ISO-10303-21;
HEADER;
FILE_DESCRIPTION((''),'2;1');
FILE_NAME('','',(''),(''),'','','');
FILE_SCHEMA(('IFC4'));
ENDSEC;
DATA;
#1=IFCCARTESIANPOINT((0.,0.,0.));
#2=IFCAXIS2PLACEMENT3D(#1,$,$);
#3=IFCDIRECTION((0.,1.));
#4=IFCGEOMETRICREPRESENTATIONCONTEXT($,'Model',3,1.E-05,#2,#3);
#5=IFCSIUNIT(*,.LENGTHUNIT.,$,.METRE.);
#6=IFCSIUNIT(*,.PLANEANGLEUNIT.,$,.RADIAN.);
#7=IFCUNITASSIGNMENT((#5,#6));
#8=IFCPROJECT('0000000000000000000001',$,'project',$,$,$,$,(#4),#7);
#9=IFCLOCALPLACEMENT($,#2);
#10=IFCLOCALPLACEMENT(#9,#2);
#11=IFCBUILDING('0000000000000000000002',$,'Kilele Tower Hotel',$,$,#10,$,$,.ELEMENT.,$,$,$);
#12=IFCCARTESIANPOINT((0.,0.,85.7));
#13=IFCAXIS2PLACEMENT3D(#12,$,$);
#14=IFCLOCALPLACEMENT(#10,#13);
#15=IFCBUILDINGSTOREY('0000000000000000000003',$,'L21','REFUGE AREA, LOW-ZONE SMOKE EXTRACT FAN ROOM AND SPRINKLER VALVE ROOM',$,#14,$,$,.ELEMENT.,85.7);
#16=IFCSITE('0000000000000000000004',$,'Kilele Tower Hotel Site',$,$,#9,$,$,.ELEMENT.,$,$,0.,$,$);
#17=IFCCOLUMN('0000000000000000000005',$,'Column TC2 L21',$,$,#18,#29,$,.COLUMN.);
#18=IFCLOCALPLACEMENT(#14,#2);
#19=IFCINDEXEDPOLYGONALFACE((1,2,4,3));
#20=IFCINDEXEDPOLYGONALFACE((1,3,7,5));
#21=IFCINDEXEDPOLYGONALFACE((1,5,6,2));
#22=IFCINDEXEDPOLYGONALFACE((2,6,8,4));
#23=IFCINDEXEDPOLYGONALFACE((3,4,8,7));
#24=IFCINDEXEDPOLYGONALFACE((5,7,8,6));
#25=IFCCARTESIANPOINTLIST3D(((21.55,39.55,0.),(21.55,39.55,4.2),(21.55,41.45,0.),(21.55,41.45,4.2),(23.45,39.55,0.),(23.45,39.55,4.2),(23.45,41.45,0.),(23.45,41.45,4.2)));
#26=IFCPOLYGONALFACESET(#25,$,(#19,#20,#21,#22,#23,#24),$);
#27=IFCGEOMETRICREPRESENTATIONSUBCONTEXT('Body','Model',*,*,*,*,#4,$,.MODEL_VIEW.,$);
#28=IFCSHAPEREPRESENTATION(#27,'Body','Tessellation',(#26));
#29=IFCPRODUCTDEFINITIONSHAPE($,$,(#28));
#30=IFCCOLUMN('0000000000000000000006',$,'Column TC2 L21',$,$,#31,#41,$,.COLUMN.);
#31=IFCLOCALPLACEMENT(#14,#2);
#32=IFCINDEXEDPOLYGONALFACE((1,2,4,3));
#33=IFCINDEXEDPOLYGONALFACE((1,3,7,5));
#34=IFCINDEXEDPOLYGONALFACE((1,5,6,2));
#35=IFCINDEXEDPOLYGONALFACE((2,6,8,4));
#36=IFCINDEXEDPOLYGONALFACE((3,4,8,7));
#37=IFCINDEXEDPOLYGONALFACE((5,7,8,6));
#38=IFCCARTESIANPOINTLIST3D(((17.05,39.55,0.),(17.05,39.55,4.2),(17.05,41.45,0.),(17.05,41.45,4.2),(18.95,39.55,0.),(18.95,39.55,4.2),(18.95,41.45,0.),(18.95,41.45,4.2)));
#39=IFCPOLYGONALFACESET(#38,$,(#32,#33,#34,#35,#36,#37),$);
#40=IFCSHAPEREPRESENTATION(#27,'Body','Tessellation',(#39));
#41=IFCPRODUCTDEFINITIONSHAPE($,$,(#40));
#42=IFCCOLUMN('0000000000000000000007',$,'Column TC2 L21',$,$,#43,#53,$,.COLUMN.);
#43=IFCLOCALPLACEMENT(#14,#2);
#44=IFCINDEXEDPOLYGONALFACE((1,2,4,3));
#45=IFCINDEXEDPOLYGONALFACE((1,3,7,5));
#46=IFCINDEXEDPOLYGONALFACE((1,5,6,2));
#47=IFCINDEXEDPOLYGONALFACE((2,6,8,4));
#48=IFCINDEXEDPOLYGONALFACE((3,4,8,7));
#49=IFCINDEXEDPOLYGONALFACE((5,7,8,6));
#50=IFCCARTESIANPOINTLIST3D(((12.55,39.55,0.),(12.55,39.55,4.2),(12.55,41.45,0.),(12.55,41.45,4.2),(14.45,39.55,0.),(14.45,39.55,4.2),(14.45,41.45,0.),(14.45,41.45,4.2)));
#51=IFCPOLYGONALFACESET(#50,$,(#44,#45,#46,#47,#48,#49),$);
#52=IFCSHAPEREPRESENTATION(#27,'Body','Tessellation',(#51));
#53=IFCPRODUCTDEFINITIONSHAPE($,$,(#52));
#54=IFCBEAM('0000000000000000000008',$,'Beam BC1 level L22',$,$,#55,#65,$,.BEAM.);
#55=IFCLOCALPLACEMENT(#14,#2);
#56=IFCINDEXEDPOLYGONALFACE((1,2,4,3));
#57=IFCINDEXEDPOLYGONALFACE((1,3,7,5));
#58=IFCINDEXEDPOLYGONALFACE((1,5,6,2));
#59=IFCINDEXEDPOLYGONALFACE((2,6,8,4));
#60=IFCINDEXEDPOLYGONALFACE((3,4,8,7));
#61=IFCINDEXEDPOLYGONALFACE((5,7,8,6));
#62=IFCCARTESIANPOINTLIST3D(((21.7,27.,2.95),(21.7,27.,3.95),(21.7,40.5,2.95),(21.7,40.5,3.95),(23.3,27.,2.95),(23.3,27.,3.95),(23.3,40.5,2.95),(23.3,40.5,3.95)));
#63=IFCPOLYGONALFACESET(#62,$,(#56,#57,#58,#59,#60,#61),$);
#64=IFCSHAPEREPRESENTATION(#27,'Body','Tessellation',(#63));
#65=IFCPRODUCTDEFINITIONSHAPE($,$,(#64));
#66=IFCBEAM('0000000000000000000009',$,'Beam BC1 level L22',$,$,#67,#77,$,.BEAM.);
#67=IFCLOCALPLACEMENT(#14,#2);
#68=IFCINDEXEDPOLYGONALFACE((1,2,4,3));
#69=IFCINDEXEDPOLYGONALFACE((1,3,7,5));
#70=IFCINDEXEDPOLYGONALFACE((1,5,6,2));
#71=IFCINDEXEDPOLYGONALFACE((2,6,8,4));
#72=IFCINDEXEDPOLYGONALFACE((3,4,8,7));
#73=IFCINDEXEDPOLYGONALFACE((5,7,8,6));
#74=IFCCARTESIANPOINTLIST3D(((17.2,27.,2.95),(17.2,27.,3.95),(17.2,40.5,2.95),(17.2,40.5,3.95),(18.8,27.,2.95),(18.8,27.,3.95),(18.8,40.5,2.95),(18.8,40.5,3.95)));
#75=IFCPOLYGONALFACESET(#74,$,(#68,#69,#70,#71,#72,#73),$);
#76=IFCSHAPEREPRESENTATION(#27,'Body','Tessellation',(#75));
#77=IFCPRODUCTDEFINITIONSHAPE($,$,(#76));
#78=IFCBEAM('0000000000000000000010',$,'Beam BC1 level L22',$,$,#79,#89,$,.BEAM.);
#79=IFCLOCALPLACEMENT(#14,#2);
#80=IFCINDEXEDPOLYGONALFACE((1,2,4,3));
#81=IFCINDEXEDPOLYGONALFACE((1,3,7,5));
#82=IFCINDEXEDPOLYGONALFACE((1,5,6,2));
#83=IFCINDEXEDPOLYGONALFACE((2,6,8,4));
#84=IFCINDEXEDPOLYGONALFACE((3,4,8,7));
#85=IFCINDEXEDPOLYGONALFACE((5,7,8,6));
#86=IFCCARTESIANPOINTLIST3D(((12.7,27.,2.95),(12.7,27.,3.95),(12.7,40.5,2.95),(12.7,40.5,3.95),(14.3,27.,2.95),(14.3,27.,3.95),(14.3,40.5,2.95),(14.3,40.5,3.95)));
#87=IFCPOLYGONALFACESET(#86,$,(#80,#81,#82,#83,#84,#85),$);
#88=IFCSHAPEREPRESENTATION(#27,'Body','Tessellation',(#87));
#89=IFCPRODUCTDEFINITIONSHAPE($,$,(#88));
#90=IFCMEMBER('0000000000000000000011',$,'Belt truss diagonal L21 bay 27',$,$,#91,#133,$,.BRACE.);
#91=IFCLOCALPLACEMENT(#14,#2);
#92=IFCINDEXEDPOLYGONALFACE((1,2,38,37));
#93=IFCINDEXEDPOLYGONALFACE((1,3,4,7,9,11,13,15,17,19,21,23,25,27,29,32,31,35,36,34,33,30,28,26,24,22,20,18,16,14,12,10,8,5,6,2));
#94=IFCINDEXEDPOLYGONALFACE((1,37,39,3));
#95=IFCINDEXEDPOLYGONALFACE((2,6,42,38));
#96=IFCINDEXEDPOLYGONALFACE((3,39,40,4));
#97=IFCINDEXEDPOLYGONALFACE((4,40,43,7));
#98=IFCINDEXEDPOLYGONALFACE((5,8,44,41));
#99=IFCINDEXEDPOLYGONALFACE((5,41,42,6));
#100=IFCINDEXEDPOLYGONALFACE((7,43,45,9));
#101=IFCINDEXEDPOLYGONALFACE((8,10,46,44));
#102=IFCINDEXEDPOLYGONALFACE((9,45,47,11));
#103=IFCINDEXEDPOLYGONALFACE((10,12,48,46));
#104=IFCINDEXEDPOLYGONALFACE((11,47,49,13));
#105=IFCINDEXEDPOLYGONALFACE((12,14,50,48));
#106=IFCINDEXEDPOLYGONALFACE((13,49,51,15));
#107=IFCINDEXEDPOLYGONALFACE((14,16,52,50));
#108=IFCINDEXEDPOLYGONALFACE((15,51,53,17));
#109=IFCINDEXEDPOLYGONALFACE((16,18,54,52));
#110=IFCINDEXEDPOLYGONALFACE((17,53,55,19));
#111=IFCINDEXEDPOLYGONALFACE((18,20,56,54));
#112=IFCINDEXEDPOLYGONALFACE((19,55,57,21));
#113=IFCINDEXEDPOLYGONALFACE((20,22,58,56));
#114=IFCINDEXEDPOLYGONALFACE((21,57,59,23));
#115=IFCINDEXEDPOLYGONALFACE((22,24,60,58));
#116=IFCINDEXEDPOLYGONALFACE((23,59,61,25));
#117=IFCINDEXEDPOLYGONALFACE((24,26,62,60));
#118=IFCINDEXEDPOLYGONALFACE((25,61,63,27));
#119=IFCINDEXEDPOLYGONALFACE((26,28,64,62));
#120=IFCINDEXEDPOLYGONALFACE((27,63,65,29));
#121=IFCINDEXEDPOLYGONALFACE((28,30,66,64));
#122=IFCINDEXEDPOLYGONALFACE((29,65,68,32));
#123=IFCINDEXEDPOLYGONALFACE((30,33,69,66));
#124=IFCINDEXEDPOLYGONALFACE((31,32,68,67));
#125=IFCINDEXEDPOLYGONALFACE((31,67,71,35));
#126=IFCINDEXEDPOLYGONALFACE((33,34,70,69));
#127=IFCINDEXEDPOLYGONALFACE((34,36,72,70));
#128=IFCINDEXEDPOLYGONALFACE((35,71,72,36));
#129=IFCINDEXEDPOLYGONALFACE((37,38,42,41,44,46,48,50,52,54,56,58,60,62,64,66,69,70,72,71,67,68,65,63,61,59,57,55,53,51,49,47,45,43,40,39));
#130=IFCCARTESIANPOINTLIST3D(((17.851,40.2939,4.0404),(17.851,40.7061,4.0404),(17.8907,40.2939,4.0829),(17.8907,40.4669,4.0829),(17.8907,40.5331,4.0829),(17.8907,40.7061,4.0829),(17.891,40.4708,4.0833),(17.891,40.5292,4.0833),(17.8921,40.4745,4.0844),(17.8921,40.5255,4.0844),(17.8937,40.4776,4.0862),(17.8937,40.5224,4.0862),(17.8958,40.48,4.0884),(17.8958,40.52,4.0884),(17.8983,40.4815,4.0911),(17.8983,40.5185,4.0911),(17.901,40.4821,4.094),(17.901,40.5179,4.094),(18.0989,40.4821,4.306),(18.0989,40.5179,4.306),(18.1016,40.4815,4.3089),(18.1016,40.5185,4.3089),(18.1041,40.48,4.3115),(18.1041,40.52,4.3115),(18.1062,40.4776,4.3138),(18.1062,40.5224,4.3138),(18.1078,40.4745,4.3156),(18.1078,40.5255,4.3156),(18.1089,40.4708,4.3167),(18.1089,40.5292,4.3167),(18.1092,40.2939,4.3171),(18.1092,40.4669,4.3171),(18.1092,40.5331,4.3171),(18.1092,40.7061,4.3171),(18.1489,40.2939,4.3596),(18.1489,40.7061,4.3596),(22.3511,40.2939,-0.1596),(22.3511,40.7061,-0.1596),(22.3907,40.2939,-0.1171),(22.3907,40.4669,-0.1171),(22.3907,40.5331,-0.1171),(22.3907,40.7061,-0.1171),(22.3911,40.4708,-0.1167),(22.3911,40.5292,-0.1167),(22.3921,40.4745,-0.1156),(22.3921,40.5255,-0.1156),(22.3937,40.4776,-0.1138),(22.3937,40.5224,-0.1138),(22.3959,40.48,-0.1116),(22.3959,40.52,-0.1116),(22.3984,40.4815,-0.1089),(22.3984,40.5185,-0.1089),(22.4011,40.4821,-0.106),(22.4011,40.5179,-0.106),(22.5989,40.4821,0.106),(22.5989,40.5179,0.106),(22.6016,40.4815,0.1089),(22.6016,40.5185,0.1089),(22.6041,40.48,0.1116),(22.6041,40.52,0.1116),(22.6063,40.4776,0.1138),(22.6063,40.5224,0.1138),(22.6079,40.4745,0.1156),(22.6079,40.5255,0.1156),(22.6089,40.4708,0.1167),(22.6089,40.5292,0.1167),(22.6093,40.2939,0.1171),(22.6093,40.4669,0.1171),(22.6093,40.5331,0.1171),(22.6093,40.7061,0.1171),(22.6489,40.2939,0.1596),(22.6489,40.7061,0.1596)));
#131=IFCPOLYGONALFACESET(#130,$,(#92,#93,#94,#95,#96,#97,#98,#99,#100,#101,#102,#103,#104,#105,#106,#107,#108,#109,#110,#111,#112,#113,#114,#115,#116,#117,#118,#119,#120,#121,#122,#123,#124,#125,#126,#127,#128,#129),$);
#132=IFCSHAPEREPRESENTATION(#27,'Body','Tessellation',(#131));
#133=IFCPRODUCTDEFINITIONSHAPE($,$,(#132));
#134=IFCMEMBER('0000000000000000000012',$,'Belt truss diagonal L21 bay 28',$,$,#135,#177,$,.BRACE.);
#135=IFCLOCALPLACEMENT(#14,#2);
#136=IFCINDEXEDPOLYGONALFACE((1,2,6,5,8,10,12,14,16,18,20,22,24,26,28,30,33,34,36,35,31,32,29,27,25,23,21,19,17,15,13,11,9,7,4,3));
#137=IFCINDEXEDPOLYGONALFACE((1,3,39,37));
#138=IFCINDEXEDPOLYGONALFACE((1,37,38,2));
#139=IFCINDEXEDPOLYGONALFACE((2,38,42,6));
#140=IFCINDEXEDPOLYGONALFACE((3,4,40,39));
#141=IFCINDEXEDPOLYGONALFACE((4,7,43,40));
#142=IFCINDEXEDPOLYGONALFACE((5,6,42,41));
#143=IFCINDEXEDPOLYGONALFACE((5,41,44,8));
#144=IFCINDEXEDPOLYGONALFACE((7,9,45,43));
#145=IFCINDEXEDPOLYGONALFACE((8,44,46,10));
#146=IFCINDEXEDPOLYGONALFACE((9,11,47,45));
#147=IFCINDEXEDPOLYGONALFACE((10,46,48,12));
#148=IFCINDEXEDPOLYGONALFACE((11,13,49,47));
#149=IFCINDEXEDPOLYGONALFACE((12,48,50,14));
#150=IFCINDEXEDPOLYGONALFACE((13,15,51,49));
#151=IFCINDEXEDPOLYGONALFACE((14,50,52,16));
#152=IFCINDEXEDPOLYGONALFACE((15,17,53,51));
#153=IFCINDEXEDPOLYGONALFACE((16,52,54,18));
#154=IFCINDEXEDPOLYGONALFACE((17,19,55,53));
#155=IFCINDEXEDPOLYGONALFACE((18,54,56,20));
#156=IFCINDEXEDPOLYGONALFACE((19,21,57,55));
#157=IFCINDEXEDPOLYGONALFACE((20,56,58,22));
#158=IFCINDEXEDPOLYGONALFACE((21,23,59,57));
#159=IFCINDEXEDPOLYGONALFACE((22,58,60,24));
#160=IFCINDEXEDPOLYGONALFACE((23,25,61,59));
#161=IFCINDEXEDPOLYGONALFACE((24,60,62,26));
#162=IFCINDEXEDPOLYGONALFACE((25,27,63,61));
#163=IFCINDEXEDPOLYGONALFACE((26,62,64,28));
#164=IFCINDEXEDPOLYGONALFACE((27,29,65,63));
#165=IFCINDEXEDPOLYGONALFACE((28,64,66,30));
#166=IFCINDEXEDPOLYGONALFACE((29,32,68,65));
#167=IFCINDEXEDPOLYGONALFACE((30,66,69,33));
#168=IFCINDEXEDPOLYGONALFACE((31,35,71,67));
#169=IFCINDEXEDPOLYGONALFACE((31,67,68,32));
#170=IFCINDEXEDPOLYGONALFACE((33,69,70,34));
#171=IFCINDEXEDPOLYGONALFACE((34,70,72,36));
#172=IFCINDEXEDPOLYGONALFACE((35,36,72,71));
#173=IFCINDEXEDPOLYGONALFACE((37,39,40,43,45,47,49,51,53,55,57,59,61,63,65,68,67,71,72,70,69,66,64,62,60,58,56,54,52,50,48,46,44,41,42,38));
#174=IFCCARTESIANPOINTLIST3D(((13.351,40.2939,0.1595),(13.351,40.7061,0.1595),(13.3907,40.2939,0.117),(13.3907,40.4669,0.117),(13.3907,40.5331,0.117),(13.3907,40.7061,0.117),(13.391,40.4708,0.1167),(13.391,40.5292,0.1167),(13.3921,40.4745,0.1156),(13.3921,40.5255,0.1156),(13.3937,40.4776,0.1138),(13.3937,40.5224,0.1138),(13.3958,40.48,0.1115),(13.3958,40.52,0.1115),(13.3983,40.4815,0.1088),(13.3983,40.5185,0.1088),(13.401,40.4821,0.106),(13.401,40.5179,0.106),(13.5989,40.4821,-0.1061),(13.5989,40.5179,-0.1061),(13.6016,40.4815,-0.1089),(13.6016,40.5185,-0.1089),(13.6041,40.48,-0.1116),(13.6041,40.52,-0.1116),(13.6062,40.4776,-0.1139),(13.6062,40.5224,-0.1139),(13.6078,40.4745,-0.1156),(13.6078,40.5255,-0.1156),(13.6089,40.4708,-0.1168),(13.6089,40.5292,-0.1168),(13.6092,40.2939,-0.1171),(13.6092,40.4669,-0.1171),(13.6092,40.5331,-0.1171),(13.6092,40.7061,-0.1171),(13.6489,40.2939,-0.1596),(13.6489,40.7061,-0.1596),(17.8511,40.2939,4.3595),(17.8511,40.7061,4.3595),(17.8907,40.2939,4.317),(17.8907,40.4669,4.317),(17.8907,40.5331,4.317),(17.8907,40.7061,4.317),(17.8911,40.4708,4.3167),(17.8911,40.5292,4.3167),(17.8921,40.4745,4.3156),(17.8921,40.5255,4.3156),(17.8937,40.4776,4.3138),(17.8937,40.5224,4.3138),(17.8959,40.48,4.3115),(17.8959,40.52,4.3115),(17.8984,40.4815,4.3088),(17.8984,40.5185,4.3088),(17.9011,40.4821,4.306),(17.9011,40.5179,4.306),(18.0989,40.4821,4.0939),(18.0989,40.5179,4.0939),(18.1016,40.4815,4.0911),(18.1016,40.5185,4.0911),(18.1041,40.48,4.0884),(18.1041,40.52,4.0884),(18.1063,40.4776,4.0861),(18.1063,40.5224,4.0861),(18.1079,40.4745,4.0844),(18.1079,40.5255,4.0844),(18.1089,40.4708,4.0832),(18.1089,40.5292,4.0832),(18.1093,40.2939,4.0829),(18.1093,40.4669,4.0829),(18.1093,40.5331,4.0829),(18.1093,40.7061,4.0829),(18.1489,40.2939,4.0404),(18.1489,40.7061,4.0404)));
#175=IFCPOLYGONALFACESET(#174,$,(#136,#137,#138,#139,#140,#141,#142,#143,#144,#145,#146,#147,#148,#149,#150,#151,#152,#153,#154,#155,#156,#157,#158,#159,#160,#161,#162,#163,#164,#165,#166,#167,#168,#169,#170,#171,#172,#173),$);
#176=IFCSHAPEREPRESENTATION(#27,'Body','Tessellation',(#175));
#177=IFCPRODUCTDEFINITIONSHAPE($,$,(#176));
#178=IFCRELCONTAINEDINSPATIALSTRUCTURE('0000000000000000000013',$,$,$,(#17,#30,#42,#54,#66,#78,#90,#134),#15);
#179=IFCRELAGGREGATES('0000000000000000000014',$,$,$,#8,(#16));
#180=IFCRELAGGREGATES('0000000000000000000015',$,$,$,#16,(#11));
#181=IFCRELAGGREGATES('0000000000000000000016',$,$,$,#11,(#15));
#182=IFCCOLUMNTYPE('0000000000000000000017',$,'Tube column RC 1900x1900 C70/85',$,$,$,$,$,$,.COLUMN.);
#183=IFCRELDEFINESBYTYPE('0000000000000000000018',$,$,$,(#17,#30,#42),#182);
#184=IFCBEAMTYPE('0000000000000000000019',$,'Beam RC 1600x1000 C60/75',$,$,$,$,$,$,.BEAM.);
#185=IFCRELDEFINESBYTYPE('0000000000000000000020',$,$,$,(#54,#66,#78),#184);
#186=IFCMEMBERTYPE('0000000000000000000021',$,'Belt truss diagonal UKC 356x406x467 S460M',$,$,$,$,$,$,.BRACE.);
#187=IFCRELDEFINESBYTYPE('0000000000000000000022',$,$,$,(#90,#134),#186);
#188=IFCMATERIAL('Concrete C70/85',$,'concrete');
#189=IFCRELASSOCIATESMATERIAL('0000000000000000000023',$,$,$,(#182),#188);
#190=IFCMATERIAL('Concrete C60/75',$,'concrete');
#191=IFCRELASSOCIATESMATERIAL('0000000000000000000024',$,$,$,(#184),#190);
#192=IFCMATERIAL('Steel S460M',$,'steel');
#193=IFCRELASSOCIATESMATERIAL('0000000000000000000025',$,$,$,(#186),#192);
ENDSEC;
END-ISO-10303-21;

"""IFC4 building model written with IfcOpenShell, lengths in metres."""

from ifc_helpers import new_model, si_unit, direction, frame, origin, origin_2d, place, context, subcontext, project, spatial, rectangle, i_section, extrude, material, material_profile, profile_set, type_object, element, save


model = new_model("IFC4")

# Units and contexts
model_context = context("Model", 3, precision=1e-05, world=origin(), true_north=direction((0.0, 1.0)))
body_context = subcontext(model_context, "Body", "Model", "MODEL_VIEW")
ifc_project = project(units=[si_unit("LENGTHUNIT", "METRE"), si_unit("PLANEANGLEUNIT", "RADIAN")], contexts=[model_context])

# Site, building, storey
site_placement = place(None, origin())
site = spatial("IfcSite", under=ifc_project, at=site_placement, Name="Kilele Tower Hotel Site", CompositionType="ELEMENT", RefElevation=0.0)
building_placement = place(site_placement, origin())
building = spatial("IfcBuilding", under=site, at=building_placement, Name="Kilele Tower Hotel", CompositionType="ELEMENT")
storey_placement = place(building_placement, frame((0.0, 0.0, 85.7)))
storey = spatial("IfcBuildingStorey", under=building, at=storey_placement, Name="L21", Description="REFUGE AREA, LOW-ZONE SMOKE EXTRACT FAN ROOM AND SPRINKLER VALVE ROOM", CompositionType="ELEMENT", Elevation=85.7)

# Columns
ifc_material_1 = material(Name="Concrete C70/85", Category="concrete")
ifc_material_profile_1 = material_profile(ifc_material_1, rectangle(XDim=1.8999, YDim=1.8999, at=origin_2d()))
ifc_profile_set_1 = profile_set([ifc_material_profile_1], Name="Concrete C70/85")
column_type = type_object("IfcColumnType", Name="Tube column RC 1900x1900 C70/85", PredefinedType="COLUMN", material=ifc_profile_set_1)
for number, where, z_axis, x_axis, name in (
    (1, (22.5, 40.5, 0.0), (0.0, 0.0, 1.0), (1.0, 0.0, 0.0), "Column TC2 L21"),
    (2, (18.0, 40.5, 0.0), (0.0, 0.0, 1.0), (1.0, 0.0, 0.0), "Column TC2 L21"),
    (3, (13.5, 40.5, 0.0), (0.0, 0.0, 1.0), (1.0, 0.0, 0.0), "Column TC2 L21"),
):
    element("IfcColumn", number, at=place(storey_placement, frame(where, z_axis=z_axis, x_axis=x_axis)), inside=storey, type_object=column_type, Name=name, PredefinedType="COLUMN", context=body_context, shape_type="SweptSolid", body=[
        extrude(rectangle(XDim=1.8999, YDim=1.8999, at=origin_2d()), origin(), (0.0, 0.0, 1.0), 4.2),
    ])

# Beams
ifc_material_2 = material(Name="Concrete C60/75", Category="concrete")
ifc_material_profile_2 = material_profile(ifc_material_2, rectangle(XDim=1.6001, YDim=1.0, at=origin_2d()))
ifc_profile_set_2 = profile_set([ifc_material_profile_2], Name="Concrete C60/75")
beam_type_1 = type_object("IfcBeamType", Name="Beam RC 1600x1000 C60/75", PredefinedType="BEAM", material=ifc_profile_set_2)
for number, where, z_axis, x_axis, name in (
    (4, (22.5, 40.5, 3.45), (0.0, -1.0, 0.0), (1.0, 0.0, 0.0), "Beam BC1 level L22"),
    (5, (18.0, 40.5, 3.45), (0.0, -1.0, 0.0), (1.0, 0.0, 0.0), "Beam BC1 level L22"),
    (6, (13.5, 40.5, 3.45), (0.0, -1.0, 0.0), (1.0, 0.0, 0.0), "Beam BC1 level L22"),
):
    element("IfcBeam", number, at=place(storey_placement, frame(where, z_axis=z_axis, x_axis=x_axis)), inside=storey, type_object=beam_type_1, Name=name, PredefinedType="BEAM", context=body_context, shape_type="SweptSolid", body=[
        extrude(rectangle(XDim=1.6001, YDim=1.0, at=origin_2d()), origin(), (0.0, 0.0, 1.0), 13.5),
    ])

# Members
ifc_material_3 = material(Name="Steel S460M", Category="steel")
ifc_material_profile_3 = material_profile(ifc_material_3, i_section(OverallWidth=0.4121, OverallDepth=0.4365, WebThickness=0.0359, FlangeThickness=0.0581, FilletRadius=0.0151, at=origin_2d()))
ifc_profile_set_3 = profile_set([ifc_material_profile_3], Name="Steel S460M")
member_type = type_object("IfcMemberType", Name="Belt truss diagonal UKC 356x406x467 S460M", PredefinedType="BRACE", material=ifc_profile_set_3)
for number, where, z_axis, x_axis, name in (
    (7, (22.5, 40.5, 0.0), (-0.731059, 0.0, 0.682314), (0.0, -1.0, 0.0), "Belt truss diagonal L21 bay 27"),
    (8, (18.0, 40.5, 4.2), (-0.731059, 0.0, -0.682314), (0.0, -1.0, 0.0), "Belt truss diagonal L21 bay 28"),
):
    element("IfcMember", number, at=place(storey_placement, frame(where, z_axis=z_axis, x_axis=x_axis)), inside=storey, type_object=member_type, Name=name, PredefinedType="BRACE", context=body_context, shape_type="SweptSolid", body=[
        extrude(i_section(OverallWidth=0.4121, OverallDepth=0.4365, WebThickness=0.0359, FlangeThickness=0.0581, FilletRadius=0.0151, at=origin_2d()), origin(), (0.0, 0.0, 1.0), 6.1555),
    ])

save(model, "model.ifc")
